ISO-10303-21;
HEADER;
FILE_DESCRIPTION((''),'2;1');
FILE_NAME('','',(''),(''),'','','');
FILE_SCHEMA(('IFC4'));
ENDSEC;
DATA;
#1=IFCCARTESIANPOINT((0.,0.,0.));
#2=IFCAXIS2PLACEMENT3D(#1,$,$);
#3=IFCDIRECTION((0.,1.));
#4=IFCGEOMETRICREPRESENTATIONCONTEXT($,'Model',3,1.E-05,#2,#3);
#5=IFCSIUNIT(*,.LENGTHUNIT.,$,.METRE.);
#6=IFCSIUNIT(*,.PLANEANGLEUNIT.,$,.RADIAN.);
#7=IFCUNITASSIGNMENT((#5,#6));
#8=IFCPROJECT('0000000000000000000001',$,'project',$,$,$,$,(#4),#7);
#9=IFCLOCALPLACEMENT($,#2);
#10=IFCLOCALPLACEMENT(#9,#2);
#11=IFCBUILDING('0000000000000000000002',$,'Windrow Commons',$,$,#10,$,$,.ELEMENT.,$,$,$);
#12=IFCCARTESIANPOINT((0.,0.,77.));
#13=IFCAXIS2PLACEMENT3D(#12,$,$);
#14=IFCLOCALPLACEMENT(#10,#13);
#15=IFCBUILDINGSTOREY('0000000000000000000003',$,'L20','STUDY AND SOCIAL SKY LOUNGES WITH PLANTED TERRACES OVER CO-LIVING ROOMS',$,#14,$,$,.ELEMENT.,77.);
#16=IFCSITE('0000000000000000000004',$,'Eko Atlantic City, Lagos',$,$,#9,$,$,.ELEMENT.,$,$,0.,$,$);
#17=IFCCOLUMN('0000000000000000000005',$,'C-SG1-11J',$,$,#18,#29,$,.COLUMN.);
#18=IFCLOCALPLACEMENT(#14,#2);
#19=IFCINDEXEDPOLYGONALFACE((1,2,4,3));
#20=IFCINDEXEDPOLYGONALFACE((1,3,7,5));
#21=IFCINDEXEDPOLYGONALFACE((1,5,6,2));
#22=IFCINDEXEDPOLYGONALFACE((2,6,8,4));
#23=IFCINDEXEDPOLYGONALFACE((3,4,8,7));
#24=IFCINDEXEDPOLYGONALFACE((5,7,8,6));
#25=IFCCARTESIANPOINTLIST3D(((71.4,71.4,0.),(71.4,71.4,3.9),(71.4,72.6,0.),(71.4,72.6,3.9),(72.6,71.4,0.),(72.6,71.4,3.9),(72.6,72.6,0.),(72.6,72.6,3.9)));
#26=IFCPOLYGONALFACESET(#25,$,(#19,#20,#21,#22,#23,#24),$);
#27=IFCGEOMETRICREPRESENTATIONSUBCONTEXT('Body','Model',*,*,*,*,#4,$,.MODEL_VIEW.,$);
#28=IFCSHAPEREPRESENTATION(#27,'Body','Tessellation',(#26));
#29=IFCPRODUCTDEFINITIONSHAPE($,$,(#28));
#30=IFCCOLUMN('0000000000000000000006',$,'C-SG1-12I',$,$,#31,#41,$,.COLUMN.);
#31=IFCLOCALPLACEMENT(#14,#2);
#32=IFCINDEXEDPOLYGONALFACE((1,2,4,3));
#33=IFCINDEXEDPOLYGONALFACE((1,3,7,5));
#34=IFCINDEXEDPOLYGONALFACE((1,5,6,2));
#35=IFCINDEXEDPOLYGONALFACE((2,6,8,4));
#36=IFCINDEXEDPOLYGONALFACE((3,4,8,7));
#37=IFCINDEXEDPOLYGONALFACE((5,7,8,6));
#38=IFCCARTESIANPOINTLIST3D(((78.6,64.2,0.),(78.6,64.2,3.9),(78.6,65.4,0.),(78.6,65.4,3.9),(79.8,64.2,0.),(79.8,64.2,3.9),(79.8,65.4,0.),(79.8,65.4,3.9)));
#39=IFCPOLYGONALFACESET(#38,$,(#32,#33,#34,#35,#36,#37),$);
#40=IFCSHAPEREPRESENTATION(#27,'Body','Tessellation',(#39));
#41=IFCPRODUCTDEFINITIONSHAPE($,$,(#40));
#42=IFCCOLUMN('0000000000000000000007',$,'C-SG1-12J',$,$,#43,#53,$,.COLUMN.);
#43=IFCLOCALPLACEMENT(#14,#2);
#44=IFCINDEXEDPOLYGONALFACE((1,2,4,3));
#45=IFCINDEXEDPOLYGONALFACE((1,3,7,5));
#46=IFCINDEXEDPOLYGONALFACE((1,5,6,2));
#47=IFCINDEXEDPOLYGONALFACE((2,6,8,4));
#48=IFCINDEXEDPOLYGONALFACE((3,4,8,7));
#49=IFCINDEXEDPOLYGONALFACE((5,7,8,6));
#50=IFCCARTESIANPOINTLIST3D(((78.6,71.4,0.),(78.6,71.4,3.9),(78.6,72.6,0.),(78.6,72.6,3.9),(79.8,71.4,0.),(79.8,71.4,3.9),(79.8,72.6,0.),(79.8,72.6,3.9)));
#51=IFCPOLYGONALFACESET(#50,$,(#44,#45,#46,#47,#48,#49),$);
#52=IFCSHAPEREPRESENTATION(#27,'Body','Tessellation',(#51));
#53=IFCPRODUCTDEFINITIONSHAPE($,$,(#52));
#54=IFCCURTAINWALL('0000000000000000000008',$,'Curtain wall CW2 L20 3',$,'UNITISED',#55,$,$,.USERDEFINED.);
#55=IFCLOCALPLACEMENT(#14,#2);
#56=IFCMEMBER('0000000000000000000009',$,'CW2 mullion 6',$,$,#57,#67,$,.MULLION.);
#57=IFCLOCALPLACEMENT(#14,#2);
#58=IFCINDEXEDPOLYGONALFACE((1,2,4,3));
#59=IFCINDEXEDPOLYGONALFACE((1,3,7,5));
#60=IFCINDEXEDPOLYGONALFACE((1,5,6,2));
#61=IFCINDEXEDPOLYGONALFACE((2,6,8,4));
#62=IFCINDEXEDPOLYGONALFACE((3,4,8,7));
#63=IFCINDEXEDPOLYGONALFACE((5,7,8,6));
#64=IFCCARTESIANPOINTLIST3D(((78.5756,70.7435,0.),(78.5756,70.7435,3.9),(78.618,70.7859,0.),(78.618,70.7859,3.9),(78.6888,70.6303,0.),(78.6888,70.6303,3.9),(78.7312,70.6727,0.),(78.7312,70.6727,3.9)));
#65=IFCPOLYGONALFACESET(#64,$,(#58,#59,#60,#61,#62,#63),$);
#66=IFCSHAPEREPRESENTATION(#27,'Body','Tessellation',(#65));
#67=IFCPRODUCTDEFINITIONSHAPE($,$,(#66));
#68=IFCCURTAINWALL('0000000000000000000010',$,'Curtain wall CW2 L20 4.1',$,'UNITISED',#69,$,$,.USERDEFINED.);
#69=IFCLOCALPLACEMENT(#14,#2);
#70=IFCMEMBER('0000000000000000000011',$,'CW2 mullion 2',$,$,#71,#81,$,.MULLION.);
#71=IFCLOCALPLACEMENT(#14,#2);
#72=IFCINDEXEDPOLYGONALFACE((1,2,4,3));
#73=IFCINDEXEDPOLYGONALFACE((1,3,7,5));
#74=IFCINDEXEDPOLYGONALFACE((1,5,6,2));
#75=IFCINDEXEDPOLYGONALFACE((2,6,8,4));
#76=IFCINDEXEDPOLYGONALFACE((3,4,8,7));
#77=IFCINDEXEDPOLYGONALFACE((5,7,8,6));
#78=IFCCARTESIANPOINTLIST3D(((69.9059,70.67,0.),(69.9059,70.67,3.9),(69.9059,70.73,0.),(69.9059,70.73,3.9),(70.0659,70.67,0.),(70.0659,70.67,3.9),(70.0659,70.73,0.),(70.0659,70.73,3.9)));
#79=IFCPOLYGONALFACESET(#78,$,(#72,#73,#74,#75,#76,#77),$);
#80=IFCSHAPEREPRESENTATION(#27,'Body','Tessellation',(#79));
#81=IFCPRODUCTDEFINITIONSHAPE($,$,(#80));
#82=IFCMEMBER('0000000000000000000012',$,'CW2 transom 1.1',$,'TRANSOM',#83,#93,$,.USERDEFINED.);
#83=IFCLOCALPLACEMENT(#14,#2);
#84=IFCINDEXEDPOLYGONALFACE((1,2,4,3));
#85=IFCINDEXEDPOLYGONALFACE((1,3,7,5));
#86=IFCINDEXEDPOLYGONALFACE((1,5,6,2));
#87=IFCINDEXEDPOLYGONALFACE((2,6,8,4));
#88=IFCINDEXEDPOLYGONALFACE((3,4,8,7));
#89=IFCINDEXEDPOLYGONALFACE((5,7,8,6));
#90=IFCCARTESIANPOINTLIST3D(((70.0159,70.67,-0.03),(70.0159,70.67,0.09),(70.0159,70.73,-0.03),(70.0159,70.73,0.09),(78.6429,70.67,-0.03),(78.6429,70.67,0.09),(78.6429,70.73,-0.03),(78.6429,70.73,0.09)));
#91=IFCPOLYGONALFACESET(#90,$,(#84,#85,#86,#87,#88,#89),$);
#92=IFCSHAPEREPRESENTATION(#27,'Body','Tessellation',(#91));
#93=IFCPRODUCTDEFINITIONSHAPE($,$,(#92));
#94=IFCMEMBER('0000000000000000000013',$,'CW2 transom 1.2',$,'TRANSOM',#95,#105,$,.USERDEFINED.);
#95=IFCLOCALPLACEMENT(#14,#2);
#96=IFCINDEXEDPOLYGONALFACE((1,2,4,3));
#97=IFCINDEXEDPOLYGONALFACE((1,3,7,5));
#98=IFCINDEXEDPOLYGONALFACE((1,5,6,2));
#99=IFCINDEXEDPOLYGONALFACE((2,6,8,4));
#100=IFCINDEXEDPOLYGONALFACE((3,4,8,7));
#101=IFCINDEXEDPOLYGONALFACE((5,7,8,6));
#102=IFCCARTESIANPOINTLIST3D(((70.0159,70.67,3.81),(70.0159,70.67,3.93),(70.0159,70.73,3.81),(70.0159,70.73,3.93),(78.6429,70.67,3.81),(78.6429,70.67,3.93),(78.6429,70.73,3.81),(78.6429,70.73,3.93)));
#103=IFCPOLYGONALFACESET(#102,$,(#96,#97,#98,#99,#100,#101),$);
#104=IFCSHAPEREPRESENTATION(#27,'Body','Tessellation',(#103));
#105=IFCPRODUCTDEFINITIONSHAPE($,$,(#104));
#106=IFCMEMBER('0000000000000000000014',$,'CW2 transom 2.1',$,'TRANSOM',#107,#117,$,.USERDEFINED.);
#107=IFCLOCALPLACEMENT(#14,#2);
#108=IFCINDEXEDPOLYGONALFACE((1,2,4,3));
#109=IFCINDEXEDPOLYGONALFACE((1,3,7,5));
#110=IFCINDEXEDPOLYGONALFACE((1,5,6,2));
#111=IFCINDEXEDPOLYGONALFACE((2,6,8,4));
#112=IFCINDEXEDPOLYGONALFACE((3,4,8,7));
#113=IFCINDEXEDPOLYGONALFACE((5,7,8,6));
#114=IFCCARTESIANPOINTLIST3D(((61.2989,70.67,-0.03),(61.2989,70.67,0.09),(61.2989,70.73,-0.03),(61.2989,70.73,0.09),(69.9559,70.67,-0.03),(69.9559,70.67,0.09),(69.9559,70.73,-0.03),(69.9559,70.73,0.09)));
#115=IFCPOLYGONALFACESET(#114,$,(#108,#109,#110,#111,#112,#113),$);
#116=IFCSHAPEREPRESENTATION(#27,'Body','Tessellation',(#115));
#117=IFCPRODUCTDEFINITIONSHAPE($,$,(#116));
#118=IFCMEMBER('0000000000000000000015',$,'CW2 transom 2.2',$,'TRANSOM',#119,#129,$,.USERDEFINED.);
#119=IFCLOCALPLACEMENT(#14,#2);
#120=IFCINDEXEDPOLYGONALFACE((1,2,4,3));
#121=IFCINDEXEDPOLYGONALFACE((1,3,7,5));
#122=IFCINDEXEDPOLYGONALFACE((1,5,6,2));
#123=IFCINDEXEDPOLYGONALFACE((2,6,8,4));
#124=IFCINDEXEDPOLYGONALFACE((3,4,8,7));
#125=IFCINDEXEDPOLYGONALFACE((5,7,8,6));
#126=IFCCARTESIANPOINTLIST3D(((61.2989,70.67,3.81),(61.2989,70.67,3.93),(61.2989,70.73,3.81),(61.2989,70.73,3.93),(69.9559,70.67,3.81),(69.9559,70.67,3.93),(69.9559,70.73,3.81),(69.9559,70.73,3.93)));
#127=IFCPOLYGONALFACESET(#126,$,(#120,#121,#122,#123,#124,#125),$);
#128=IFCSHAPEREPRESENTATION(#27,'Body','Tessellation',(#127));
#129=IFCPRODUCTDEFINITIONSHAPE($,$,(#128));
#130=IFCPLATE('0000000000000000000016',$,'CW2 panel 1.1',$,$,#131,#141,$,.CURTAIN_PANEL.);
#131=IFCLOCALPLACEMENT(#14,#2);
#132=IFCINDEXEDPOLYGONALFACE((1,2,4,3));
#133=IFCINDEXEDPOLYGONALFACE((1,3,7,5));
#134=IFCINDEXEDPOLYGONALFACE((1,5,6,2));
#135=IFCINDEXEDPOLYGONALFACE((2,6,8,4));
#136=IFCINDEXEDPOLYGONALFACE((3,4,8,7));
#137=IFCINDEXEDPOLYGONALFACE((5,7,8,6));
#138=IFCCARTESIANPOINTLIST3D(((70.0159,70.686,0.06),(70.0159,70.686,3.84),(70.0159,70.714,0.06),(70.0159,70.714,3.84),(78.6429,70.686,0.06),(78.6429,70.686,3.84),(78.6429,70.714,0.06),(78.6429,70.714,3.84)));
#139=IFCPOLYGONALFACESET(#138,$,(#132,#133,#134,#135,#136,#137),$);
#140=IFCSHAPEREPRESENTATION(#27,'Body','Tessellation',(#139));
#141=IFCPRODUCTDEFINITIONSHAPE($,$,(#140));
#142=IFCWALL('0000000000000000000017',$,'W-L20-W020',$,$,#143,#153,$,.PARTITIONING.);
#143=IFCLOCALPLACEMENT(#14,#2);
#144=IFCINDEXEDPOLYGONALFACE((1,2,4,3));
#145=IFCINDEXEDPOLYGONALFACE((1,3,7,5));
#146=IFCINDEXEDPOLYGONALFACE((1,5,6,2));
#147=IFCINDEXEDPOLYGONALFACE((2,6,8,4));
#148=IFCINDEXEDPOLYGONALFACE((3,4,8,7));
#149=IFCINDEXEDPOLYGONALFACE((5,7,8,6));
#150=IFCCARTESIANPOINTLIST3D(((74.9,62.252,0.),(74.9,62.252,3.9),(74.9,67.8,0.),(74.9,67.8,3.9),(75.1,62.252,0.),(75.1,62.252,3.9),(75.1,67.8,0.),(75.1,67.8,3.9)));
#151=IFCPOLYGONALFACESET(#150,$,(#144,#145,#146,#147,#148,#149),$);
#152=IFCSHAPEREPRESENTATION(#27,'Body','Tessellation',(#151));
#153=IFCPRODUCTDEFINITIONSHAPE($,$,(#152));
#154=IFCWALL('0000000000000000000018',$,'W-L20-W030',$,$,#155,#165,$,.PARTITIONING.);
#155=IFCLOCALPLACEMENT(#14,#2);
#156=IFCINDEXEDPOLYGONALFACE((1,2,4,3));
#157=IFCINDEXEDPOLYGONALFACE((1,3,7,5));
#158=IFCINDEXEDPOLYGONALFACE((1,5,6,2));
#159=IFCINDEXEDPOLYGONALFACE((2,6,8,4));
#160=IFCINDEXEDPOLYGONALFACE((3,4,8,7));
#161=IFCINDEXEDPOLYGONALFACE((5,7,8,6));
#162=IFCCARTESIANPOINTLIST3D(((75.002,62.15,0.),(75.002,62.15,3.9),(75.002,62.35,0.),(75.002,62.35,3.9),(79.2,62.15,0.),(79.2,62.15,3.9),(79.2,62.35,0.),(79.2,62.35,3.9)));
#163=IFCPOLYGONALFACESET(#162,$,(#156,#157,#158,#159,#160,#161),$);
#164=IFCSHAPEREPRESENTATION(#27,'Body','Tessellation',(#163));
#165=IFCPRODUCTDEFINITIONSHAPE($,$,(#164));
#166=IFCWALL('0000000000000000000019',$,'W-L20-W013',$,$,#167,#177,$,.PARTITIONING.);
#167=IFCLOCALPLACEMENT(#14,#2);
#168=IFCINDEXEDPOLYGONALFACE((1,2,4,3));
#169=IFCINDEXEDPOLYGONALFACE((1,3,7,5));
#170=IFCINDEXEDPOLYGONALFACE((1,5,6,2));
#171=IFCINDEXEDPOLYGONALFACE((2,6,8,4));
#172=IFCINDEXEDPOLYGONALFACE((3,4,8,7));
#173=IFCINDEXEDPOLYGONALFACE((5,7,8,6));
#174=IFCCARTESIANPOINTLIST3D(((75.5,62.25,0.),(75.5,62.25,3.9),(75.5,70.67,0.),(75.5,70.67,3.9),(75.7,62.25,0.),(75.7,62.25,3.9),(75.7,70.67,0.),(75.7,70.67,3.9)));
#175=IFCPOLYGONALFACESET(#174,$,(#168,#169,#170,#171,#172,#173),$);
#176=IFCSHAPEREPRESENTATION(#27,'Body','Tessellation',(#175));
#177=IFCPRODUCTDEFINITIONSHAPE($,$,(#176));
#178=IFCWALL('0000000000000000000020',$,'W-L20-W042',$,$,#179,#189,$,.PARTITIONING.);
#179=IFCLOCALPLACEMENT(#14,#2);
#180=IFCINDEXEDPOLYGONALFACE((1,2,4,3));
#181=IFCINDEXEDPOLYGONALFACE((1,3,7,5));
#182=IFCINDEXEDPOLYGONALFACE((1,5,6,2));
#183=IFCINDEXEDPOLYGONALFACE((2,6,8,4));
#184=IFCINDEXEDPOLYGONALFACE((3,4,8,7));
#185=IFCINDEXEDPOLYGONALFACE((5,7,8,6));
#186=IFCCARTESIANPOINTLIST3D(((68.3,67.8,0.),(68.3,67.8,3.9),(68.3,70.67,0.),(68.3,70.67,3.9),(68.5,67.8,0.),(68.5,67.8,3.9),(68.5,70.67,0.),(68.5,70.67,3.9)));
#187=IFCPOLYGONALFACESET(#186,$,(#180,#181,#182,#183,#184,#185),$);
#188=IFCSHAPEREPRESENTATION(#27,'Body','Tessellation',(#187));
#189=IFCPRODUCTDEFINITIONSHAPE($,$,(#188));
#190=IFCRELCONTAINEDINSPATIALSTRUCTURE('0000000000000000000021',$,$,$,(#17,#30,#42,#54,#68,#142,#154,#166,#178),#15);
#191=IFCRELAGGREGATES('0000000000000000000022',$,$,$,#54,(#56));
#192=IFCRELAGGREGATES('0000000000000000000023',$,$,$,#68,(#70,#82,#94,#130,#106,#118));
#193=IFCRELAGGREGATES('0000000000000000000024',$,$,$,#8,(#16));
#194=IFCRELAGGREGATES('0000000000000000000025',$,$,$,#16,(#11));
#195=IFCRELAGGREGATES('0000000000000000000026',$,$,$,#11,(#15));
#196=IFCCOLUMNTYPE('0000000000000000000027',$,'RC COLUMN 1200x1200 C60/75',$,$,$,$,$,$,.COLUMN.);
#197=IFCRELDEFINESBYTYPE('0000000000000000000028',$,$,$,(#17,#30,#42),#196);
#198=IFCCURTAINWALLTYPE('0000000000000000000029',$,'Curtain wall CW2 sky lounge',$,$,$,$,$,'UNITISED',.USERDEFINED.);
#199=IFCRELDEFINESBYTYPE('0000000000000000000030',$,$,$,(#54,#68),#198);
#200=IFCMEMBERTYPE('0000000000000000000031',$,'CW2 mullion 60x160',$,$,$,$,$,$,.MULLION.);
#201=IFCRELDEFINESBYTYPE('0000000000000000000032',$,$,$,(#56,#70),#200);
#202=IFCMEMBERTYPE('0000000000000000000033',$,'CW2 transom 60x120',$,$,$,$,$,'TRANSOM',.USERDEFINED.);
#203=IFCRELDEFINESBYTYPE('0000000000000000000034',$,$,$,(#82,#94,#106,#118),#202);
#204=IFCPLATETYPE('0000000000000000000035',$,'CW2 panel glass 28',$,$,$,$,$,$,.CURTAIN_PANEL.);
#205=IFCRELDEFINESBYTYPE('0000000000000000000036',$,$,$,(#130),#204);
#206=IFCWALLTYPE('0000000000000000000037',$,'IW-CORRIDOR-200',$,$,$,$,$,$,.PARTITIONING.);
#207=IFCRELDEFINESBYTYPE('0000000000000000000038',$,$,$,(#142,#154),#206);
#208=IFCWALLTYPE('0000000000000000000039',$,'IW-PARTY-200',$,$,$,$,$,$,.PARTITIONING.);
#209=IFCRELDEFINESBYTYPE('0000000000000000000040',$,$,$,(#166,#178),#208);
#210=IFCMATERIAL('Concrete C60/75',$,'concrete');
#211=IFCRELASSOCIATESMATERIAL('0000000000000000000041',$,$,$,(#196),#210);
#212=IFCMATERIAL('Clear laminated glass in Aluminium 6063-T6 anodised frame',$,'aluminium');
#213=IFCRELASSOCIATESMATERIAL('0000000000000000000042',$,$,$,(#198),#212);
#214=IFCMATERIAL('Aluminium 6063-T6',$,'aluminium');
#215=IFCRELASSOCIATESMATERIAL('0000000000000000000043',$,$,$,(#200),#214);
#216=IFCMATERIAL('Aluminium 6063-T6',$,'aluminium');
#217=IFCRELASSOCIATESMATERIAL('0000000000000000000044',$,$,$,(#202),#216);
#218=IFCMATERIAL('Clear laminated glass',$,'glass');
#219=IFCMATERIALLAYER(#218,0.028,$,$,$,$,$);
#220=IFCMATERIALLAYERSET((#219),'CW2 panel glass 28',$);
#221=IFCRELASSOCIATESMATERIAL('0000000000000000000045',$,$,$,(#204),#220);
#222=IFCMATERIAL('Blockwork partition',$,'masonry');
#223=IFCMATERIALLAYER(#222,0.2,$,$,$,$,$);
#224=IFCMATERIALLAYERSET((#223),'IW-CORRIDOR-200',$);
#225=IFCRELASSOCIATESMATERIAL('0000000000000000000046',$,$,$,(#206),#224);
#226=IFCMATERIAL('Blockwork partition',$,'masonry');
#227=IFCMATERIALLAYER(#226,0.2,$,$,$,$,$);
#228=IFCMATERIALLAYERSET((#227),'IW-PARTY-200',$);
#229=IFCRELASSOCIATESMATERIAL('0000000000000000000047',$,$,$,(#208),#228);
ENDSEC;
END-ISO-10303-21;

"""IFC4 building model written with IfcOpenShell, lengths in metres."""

from ifc_helpers import new_model, si_unit, direction, frame, frame_2d, origin, origin_2d, place, context, subcontext, project, spatial, rectangle, extrude, material, layer, layer_set, material_profile, profile_set, type_object, element, aggregate, save


model = new_model("IFC4")

# Units and contexts
model_context = context("Model", 3, precision=1e-05, world=origin(), true_north=direction((0.0, 1.0)))
body_context = subcontext(model_context, "Body", "Model", "MODEL_VIEW")
ifc_project = project(units=[si_unit("LENGTHUNIT", "METRE"), si_unit("PLANEANGLEUNIT", "RADIAN")], contexts=[model_context])

# Site, building, storey
site_placement = place(None, origin())
site = spatial("IfcSite", under=ifc_project, at=site_placement, Name="Eko Atlantic City, Lagos", CompositionType="ELEMENT", RefElevation=0.0)
building_placement = place(site_placement, origin())
building = spatial("IfcBuilding", under=site, at=building_placement, Name="Windrow Commons", CompositionType="ELEMENT")
storey_placement = place(building_placement, frame((0.0, 0.0, 77.0)))
storey = spatial("IfcBuildingStorey", under=building, at=storey_placement, Name="L20", Description="STUDY AND SOCIAL SKY LOUNGES WITH PLANTED TERRACES OVER CO-LIVING ROOMS", CompositionType="ELEMENT", Elevation=77.0)

# Columns
ifc_material_1 = material(Name="Concrete C60/75", Category="concrete")
ifc_material_profile_1 = material_profile(ifc_material_1, rectangle(XDim=1.2, YDim=1.2, at=origin_2d()))
ifc_profile_set_1 = profile_set([ifc_material_profile_1], Name="Concrete C60/75")
column_type = type_object("IfcColumnType", Name="RC COLUMN 1200x1200 C60/75", PredefinedType="COLUMN", material=ifc_profile_set_1)
for number, where, z_axis, x_axis, name in (
    (1, (72.0, 72.0, 0.0), (0.0, 0.0, 1.0), (1.0, 0.0, 0.0), "C-SG1-11J"),
    (2, (79.2, 64.8, 0.0), (0.0, 0.0, 1.0), (1.0, 0.0, 0.0), "C-SG1-12I"),
    (3, (79.2, 72.0, 0.0), (0.0, 0.0, 1.0), (1.0, 0.0, 0.0), "C-SG1-12J"),
):
    element("IfcColumn", number, at=place(storey_placement, frame(where, z_axis=z_axis, x_axis=x_axis)), inside=storey, type_object=column_type, Name=name, PredefinedType="COLUMN", context=body_context, shape_type="SweptSolid", body=[
        extrude(rectangle(XDim=1.2, YDim=1.2, at=origin_2d()), origin(), (0.0, 0.0, 1.0), 3.9),
    ])

# Curtain wall, member
ifc_material_2 = material(Name="Clear laminated glass in Aluminium 6063-T6 anodised frame", Category="aluminium")
curtain_wall_type = type_object("IfcCurtainWallType", Name="Curtain wall CW2 sky lounge", ElementType="UNITISED", PredefinedType="USERDEFINED", material=ifc_material_2)
placement = place(storey_placement, origin())
curtain_wall_1 = element("IfcCurtainWall", 4, at=placement, inside=storey, type_object=curtain_wall_type, Name="Curtain wall CW2 L20 3", ObjectType="UNITISED", PredefinedType="USERDEFINED")
ifc_material_3 = material(Name="Aluminium 6063-T6", Category="aluminium")
ifc_material_profile_2 = material_profile(ifc_material_3, rectangle(XDim=0.06, YDim=0.16, at=origin_2d()))
ifc_profile_set_2 = profile_set([ifc_material_profile_2], Name="Aluminium 6063-T6")
member_type_1 = type_object("IfcMemberType", Name="CW2 mullion 60x160", PredefinedType="MULLION", material=ifc_profile_set_2)
member_1_placement = place(storey_placement, frame((78.6534, 70.7081, 0.0), z_axis=(0.0, 0.0, 1.0), x_axis=(-0.707107, -0.707107, 0.0)))
member_1 = element("IfcMember", 5, at=member_1_placement, type_object=member_type_1, Name="CW2 mullion 6", PredefinedType="MULLION", context=body_context, shape_type="SweptSolid", body=[
    extrude(rectangle(XDim=0.06, YDim=0.16, at=origin_2d()), origin(), (0.0, 0.0, 1.0), 3.9),
])
aggregate(curtain_wall_1, [member_1])

# Curtain wall, members, plate
curtain_wall_2 = element("IfcCurtainWall", 6, at=placement, inside=storey, type_object=curtain_wall_type, Name="Curtain wall CW2 L20 4.1", ObjectType="UNITISED", PredefinedType="USERDEFINED")
member_2_placement = place(storey_placement, frame((69.9859, 70.7, 0.0), z_axis=(0.0, 0.0, 1.0), x_axis=(0.0, -1.0, 0.0)))
member_2 = element("IfcMember", 7, at=member_2_placement, type_object=member_type_1, Name="CW2 mullion 2", PredefinedType="MULLION", context=body_context, shape_type="SweptSolid", body=[
    extrude(rectangle(XDim=0.06, YDim=0.16, at=origin_2d()), origin(), (0.0, 0.0, 1.0), 3.9),
])
ifc_material_4 = material(Name="Aluminium 6063-T6", Category="aluminium")
ifc_material_profile_3 = material_profile(ifc_material_4, rectangle(XDim=0.06, YDim=0.12, at=origin_2d()))
ifc_profile_set_3 = profile_set([ifc_material_profile_3], Name="Aluminium 6063-T6")
member_type_2 = type_object("IfcMemberType", Name="CW2 transom 60x120", ElementType="TRANSOM", PredefinedType="USERDEFINED", material=ifc_profile_set_3)
member_3_placement = place(storey_placement, frame((78.6429, 70.7, 0.03), z_axis=(-1.0, 0.0, 0.0), x_axis=(0.0, -1.0, 0.0)))
member_3 = element("IfcMember", 8, at=member_3_placement, type_object=member_type_2, Name="CW2 transom 1.1", ObjectType="TRANSOM", PredefinedType="USERDEFINED", context=body_context, shape_type="SweptSolid", body=[
    extrude(rectangle(XDim=0.06, YDim=0.12, at=origin_2d()), origin(), (0.0, 0.0, 1.0), 8.627),
])
member_4_placement = place(storey_placement, frame((78.6429, 70.7, 3.87), z_axis=(-1.0, 0.0, 0.0), x_axis=(0.0, -1.0, 0.0)))
member_4 = element("IfcMember", 9, at=member_4_placement, type_object=member_type_2, Name="CW2 transom 1.2", ObjectType="TRANSOM", PredefinedType="USERDEFINED", context=body_context, shape_type="SweptSolid", body=[
    extrude(rectangle(XDim=0.06, YDim=0.12, at=origin_2d()), origin(), (0.0, 0.0, 1.0), 8.627),
])
member_5_placement = place(storey_placement, frame((69.9559, 70.7, 0.03), z_axis=(-1.0, 0.0, 0.0), x_axis=(0.0, -1.0, 0.0)))
member_5 = element("IfcMember", 10, at=member_5_placement, type_object=member_type_2, Name="CW2 transom 2.1", ObjectType="TRANSOM", PredefinedType="USERDEFINED", context=body_context, shape_type="SweptSolid", body=[
    extrude(rectangle(XDim=0.06, YDim=0.12, at=origin_2d()), origin(), (0.0, 0.0, 1.0), 8.657),
])
member_6_placement = place(storey_placement, frame((69.9559, 70.7, 3.87), z_axis=(-1.0, 0.0, 0.0), x_axis=(0.0, -1.0, 0.0)))
member_6 = element("IfcMember", 11, at=member_6_placement, type_object=member_type_2, Name="CW2 transom 2.2", ObjectType="TRANSOM", PredefinedType="USERDEFINED", context=body_context, shape_type="SweptSolid", body=[
    extrude(rectangle(XDim=0.06, YDim=0.12, at=origin_2d()), origin(), (0.0, 0.0, 1.0), 8.657),
])
ifc_material_5 = material(Name="Clear laminated glass", Category="glass")
ifc_layer_1 = layer(ifc_material_5, 0.028)
ifc_layer_set_1 = layer_set([ifc_layer_1], Name="CW2 panel glass 28")
plate_type = type_object("IfcPlateType", Name="CW2 panel glass 28", PredefinedType="CURTAIN_PANEL", material=ifc_layer_set_1)
plate_placement = place(storey_placement, frame((74.3294, 70.7, 0.06), z_axis=(0.0, 0.0, 1.0), x_axis=(-1.0, 0.0, 0.0)))
plate = element("IfcPlate", 12, at=plate_placement, type_object=plate_type, Name="CW2 panel 1.1", PredefinedType="CURTAIN_PANEL", context=body_context, shape_type="SweptSolid", body=[
    extrude(rectangle(XDim=8.627, YDim=0.028, at=origin_2d()), origin(), (0.0, 0.0, 1.0), 3.78),
])
aggregate(curtain_wall_2, [member_2, member_3, member_4, plate, member_5, member_6])

# Walls
ifc_material_6 = material(Name="Blockwork partition", Category="masonry")
ifc_layer_2 = layer(ifc_material_6, 0.2)
ifc_layer_set_2 = layer_set([ifc_layer_2], Name="IW-CORRIDOR-200")
wall_type_1 = type_object("IfcWallType", Name="IW-CORRIDOR-200", PredefinedType="PARTITIONING", material=ifc_layer_set_2)
wall_1_placement = place(storey_placement, frame((75.0, 62.252, 0.0), z_axis=(0.0, 0.0, 1.0), x_axis=(0.0, 1.0, 0.0)))
element("IfcWall", 13, at=wall_1_placement, inside=storey, type_object=wall_type_1, Name="W-L20-W020", PredefinedType="PARTITIONING", context=body_context, shape_type="SweptSolid", body=[
    extrude(rectangle(XDim=5.548, YDim=0.2, at=frame_2d((2.774, 0.0))), origin(), (0.0, 0.0, 1.0), 3.9),
])
wall_2_placement = place(storey_placement, frame((75.002, 62.25, 0.0), z_axis=(0.0, 0.0, 1.0), x_axis=(1.0, 0.0, 0.0)))
element("IfcWall", 14, at=wall_2_placement, inside=storey, type_object=wall_type_1, Name="W-L20-W030", PredefinedType="PARTITIONING", context=body_context, shape_type="SweptSolid", body=[
    extrude(rectangle(XDim=4.198, YDim=0.2, at=frame_2d((2.099, 0.0))), origin(), (0.0, 0.0, 1.0), 3.9),
])
ifc_material_7 = material(Name="Blockwork partition", Category="masonry")
ifc_layer_3 = layer(ifc_material_7, 0.2)
ifc_layer_set_3 = layer_set([ifc_layer_3], Name="IW-PARTY-200")
wall_type_2 = type_object("IfcWallType", Name="IW-PARTY-200", PredefinedType="PARTITIONING", material=ifc_layer_set_3)
wall_3_placement = place(storey_placement, frame((75.6, 62.25, 0.0), z_axis=(0.0, 0.0, 1.0), x_axis=(0.0, 1.0, 0.0)))
element("IfcWall", 15, at=wall_3_placement, inside=storey, type_object=wall_type_2, Name="W-L20-W013", PredefinedType="PARTITIONING", context=body_context, shape_type="SweptSolid", body=[
    extrude(rectangle(XDim=8.42, YDim=0.2, at=frame_2d((4.21, 0.0))), origin(), (0.0, 0.0, 1.0), 3.9),
])
for number, where, z_axis, x_axis, name in (
    (16, (68.4, 67.8, 0.0), (0.0, 0.0, 1.0), (0.0, 1.0, 0.0), "W-L20-W042"),
):
    element("IfcWall", number, at=place(storey_placement, frame(where, z_axis=z_axis, x_axis=x_axis)), inside=storey, type_object=wall_type_2, Name=name, PredefinedType="PARTITIONING", context=body_context, shape_type="SweptSolid", body=[
        extrude(rectangle(XDim=2.87, YDim=0.2, at=frame_2d((1.435, 0.0))), origin(), (0.0, 0.0, 1.0), 3.9),
    ])

save(model, "model.ifc")
